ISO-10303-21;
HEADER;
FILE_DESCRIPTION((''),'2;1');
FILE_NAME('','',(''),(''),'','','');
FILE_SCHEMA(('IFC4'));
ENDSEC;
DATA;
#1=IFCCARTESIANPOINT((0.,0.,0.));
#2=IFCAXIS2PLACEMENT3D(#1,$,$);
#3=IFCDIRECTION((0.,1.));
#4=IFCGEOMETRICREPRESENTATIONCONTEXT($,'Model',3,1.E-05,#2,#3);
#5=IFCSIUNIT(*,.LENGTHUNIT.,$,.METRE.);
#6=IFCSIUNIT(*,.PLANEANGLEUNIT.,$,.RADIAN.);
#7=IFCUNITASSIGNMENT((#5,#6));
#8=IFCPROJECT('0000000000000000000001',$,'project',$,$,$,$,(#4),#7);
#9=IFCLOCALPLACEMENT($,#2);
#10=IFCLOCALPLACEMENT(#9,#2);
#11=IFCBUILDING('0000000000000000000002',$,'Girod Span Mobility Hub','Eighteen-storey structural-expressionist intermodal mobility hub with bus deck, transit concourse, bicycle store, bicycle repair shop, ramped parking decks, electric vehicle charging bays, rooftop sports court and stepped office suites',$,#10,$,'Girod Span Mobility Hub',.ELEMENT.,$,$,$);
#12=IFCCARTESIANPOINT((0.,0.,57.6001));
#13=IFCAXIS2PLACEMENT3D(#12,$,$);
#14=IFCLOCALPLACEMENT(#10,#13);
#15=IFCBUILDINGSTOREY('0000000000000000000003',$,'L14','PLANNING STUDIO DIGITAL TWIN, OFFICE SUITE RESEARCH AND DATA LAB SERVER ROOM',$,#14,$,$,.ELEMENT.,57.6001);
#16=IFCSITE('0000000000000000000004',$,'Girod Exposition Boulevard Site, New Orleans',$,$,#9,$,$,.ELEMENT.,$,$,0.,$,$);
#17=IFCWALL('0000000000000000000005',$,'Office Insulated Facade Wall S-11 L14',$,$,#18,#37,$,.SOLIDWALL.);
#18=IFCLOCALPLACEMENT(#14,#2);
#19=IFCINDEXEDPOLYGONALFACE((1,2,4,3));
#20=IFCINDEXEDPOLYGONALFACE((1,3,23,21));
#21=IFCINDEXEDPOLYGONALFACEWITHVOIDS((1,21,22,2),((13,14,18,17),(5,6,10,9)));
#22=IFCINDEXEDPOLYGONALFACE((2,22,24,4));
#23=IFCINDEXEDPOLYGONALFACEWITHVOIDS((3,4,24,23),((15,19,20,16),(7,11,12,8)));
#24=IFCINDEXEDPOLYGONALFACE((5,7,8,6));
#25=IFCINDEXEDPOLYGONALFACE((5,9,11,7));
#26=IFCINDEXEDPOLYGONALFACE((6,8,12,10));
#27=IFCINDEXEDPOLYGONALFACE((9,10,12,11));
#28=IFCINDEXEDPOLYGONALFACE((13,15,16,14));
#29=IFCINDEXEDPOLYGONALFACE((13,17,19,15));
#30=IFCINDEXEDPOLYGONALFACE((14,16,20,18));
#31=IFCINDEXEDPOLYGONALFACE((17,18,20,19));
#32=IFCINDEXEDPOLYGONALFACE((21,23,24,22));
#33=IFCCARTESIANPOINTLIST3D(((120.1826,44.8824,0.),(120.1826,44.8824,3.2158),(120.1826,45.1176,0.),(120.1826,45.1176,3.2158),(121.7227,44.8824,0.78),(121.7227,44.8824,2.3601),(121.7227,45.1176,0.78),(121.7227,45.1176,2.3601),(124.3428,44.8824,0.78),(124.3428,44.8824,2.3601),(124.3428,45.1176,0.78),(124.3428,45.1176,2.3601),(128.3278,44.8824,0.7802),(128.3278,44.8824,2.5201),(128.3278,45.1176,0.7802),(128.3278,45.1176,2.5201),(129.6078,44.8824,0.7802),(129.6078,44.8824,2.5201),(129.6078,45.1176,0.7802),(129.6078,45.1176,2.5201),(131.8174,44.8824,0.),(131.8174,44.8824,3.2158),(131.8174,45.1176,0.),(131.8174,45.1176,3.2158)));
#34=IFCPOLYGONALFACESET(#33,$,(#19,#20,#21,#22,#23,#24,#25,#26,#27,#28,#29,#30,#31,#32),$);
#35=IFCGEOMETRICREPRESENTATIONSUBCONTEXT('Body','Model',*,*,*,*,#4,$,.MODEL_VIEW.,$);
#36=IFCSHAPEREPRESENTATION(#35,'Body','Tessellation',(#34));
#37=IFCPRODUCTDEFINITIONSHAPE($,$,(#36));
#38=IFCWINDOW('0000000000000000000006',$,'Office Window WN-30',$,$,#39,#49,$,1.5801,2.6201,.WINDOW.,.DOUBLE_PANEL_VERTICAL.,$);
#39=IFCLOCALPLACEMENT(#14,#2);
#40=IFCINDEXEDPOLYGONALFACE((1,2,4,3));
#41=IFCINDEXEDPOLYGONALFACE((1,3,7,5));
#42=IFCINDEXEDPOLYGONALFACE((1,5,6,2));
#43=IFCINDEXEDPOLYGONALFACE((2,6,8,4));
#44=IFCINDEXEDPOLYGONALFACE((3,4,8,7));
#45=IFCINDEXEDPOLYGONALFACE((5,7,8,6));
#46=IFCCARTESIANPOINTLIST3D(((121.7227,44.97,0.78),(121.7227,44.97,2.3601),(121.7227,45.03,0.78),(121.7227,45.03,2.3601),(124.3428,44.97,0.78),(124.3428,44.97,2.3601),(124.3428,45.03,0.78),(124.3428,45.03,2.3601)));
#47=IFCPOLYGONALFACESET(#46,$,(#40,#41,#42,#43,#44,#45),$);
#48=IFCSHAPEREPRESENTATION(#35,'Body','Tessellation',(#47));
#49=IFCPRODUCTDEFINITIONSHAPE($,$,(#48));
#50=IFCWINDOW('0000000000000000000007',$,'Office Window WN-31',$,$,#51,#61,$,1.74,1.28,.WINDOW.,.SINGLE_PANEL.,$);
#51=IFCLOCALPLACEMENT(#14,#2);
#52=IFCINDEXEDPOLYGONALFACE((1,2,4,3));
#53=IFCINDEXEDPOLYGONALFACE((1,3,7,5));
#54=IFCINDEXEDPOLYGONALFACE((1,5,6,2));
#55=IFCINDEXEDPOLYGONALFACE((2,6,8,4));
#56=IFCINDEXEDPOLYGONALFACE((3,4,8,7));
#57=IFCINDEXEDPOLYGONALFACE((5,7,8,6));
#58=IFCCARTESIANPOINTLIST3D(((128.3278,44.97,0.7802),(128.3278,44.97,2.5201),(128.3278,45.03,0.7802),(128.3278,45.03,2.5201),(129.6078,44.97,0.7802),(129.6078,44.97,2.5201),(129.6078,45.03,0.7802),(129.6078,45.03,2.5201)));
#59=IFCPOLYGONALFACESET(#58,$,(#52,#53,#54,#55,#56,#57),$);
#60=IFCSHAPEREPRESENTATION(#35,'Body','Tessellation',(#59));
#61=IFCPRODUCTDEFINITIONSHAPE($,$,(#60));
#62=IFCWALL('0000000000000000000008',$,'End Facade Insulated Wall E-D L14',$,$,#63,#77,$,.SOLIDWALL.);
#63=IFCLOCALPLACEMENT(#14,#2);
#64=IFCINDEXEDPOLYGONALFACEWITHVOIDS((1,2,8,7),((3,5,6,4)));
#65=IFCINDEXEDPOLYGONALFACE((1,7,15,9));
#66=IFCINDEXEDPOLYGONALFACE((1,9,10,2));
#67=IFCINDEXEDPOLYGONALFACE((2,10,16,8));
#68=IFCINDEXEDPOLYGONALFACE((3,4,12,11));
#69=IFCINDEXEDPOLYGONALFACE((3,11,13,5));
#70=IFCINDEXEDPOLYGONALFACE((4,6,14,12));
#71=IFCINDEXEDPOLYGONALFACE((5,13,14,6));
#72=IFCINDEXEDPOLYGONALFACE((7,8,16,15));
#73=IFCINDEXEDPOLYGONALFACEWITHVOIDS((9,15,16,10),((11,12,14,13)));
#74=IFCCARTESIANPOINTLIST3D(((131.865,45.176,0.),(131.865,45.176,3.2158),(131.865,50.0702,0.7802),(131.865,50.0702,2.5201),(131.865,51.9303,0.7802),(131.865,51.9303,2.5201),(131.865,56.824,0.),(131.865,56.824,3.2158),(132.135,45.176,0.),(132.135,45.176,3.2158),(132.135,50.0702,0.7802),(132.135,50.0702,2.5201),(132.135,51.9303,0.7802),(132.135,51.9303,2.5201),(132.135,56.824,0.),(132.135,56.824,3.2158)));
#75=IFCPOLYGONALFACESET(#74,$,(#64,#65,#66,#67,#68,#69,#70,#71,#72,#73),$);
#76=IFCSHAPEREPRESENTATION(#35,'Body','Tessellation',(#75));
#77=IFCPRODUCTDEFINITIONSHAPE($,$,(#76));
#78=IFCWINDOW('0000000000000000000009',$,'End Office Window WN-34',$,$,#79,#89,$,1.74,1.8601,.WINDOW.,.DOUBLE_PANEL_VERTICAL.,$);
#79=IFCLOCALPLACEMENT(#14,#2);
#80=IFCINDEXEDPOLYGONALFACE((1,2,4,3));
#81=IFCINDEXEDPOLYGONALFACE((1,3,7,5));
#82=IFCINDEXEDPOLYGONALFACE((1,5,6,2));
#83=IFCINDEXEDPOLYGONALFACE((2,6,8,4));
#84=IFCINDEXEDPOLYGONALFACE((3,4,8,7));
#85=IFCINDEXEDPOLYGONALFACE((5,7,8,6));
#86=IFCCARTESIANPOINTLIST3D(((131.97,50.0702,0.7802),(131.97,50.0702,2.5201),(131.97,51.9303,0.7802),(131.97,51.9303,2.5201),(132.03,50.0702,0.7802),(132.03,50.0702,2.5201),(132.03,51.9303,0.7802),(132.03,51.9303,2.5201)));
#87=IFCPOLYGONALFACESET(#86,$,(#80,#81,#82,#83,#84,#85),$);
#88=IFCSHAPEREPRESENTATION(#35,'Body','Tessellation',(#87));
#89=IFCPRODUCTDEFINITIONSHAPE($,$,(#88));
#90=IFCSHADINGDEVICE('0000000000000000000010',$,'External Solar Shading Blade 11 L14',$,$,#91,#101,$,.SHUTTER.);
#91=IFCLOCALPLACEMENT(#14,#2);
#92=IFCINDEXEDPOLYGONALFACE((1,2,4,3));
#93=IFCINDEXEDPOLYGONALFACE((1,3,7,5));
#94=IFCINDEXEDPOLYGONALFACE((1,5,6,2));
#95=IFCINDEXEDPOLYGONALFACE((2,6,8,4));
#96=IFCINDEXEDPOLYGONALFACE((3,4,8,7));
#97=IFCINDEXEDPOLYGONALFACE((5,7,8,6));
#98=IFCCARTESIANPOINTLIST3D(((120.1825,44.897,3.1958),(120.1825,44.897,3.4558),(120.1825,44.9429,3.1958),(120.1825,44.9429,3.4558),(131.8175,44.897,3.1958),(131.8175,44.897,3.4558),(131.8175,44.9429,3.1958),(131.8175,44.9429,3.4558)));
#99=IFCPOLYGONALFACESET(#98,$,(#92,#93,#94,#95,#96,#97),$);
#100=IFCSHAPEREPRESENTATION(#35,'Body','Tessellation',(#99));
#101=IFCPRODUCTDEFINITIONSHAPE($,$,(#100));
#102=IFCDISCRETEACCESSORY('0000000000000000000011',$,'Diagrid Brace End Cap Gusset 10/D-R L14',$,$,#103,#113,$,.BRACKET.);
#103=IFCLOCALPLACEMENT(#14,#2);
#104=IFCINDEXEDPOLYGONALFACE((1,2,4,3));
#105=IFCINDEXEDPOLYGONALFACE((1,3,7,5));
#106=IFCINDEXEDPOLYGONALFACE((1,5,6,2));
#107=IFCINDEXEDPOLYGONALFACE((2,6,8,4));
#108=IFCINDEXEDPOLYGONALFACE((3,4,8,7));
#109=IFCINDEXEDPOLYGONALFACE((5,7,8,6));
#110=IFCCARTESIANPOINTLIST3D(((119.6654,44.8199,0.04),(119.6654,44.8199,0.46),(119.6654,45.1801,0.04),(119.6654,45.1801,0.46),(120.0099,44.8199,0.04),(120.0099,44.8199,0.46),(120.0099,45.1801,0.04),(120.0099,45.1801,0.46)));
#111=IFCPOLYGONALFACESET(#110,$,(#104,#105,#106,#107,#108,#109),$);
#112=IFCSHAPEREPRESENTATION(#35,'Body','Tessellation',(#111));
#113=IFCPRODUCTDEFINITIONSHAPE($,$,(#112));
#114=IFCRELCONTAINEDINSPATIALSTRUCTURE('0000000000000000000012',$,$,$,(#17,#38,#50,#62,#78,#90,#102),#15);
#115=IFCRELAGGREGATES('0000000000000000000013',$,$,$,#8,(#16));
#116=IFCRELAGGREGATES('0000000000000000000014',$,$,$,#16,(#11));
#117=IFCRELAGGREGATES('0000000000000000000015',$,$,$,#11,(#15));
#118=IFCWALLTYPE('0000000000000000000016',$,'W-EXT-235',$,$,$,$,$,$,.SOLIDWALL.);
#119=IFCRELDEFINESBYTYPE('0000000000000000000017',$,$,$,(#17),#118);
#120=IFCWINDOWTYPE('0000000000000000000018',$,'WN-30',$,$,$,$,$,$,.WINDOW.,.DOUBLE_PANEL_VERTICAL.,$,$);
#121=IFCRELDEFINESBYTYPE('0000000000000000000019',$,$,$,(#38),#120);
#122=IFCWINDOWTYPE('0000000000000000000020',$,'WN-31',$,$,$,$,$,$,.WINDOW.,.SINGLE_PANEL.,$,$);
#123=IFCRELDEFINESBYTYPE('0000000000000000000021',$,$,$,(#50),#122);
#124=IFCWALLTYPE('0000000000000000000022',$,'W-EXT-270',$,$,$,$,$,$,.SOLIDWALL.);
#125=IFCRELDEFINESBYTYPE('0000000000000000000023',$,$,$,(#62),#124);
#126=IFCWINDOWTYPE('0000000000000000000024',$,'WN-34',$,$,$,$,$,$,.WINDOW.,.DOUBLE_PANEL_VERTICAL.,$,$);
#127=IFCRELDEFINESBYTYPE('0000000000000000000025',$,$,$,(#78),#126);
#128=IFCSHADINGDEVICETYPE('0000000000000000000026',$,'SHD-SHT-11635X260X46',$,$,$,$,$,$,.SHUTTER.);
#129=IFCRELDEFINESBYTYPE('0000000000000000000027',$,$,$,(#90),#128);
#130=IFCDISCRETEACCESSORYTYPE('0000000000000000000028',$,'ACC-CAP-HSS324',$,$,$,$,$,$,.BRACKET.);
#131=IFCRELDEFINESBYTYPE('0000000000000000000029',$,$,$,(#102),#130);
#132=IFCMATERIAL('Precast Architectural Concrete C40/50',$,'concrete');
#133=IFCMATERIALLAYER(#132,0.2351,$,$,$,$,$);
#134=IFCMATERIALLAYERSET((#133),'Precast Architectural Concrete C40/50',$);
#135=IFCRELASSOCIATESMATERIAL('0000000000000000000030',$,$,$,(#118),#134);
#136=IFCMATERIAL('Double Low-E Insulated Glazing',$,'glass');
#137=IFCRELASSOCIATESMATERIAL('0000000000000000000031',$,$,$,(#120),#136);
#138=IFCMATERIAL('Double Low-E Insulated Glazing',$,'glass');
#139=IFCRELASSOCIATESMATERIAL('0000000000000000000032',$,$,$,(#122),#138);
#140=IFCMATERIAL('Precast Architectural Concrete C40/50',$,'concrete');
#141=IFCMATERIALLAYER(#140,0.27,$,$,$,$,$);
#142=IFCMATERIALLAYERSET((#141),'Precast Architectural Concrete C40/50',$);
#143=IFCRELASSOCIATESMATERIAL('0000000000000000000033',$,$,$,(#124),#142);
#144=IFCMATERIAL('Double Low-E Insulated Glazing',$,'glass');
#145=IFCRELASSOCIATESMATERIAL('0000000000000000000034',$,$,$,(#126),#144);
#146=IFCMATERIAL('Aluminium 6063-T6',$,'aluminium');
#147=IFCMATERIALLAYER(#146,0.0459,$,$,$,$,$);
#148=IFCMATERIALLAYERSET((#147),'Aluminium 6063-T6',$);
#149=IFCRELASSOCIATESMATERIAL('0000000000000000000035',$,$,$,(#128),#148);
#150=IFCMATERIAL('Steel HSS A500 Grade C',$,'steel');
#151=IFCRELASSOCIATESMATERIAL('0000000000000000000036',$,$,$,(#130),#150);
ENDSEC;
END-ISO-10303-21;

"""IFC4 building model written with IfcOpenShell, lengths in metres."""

from ifc_helpers import new_model, si_unit, direction, frame, frame_2d, origin, origin_2d, place, context, subcontext, project, spatial, rectangle, extrude, material, layer, layer_set, type_object, element, fill, save


model = new_model("IFC4")

# Units and contexts
model_context = context("Model", 3, precision=1e-05, world=origin(), true_north=direction((0.0, 1.0)))
body_context = subcontext(model_context, "Body", "Model", "MODEL_VIEW")
ifc_project = project(units=[si_unit("LENGTHUNIT", "METRE"), si_unit("PLANEANGLEUNIT", "RADIAN")], contexts=[model_context])

# Site, building, storey
site_placement = place(None, origin())
site = spatial("IfcSite", under=ifc_project, at=site_placement, Name="Girod Exposition Boulevard Site, New Orleans", CompositionType="ELEMENT", RefElevation=0.0)
building_placement = place(site_placement, origin())
building = spatial("IfcBuilding", under=site, at=building_placement, Name="Girod Span Mobility Hub", Description="Eighteen-storey structural-expressionist intermodal mobility hub with bus deck, transit concourse, bicycle store, bicycle repair shop, ramped parking decks, electric vehicle charging bays, rooftop sports court and stepped office suites", LongName="Girod Span Mobility Hub", CompositionType="ELEMENT")
storey_placement = place(building_placement, frame((0.0, 0.0, 57.6001)))
storey = spatial("IfcBuildingStorey", under=building, at=storey_placement, Name="L14", Description="PLANNING STUDIO DIGITAL TWIN, OFFICE SUITE RESEARCH AND DATA LAB SERVER ROOM", CompositionType="ELEMENT", Elevation=57.6001)

# Wall, openings, windows
ifc_material_1 = material(Name="Precast Architectural Concrete C40/50", Category="concrete")
ifc_layer_1 = layer(ifc_material_1, 0.2351)
ifc_layer_set_1 = layer_set([ifc_layer_1], Name="Precast Architectural Concrete C40/50")
wall_type_1 = type_object("IfcWallType", Name="W-EXT-235", PredefinedType="SOLIDWALL", material=ifc_layer_set_1)
wall_1_placement = place(storey_placement, frame((120.1826, 45.0, 0.0), z_axis=(0.0, 0.0, 1.0), x_axis=(1.0, 0.0, 0.0)))
wall_1 = element("IfcWall", 1, at=wall_1_placement, inside=storey, type_object=wall_type_1, Name="Office Insulated Facade Wall S-11 L14", PredefinedType="SOLIDWALL", context=body_context, shape_type="SweptSolid", body=[
    extrude(rectangle(XDim=11.6348, YDim=0.2351, at=frame_2d((5.8174, 0.0))), origin(), (0.0, 0.0, 1.0), 3.2158),
])
opening_1_placement = place(wall_1_placement, frame((1.54, 0.0, 0.78)))
opening_1 = element("IfcOpeningElement", 2, at=opening_1_placement, cuts=wall_1, PredefinedType="OPENING", context=body_context, shape_type="SweptSolid", body=[
    extrude(rectangle(XDim=2.6201, YDim=1.5801, at=frame_2d((1.3101, 0.79))), frame((0.0, 0.1326, 0.0), z_axis=(0.0, -1.0, 0.0), x_axis=(1.0, 0.0, 0.0)), (0.0, 0.0, 1.0), 0.2651),
])
opening_2_placement = place(wall_1_placement, frame((8.145, 0.0, 0.78)))
opening_2 = element("IfcOpeningElement", 3, at=opening_2_placement, cuts=wall_1, PredefinedType="OPENING", context=body_context, shape_type="SweptSolid", body=[
    extrude(rectangle(XDim=1.28, YDim=1.74, at=frame_2d((0.6401, 0.8701))), frame((0.0, 0.1326, 0.0), z_axis=(0.0, -1.0, 0.0), x_axis=(1.0, 0.0, 0.0)), (0.0, 0.0, 1.0), 0.2651),
])
ifc_material_2 = material(Name="Double Low-E Insulated Glazing", Category="glass")
window_type_1 = type_object("IfcWindowType", Name="WN-30", PartitioningType="DOUBLE_PANEL_VERTICAL", PredefinedType="WINDOW", material=ifc_material_2)
window_1_placement = place(opening_1_placement, origin())
window_1 = element("IfcWindow", 4, at=window_1_placement, inside=storey, type_object=window_type_1, Name="Office Window WN-30", OverallHeight=1.5801, OverallWidth=2.6201, PartitioningType="DOUBLE_PANEL_VERTICAL", PredefinedType="WINDOW", context=body_context, shape_type="SweptSolid", body=[
    extrude(rectangle(XDim=2.6201, YDim=1.5801, at=frame_2d((1.3101, 0.79))), frame((0.0, 0.03, 0.0), z_axis=(0.0, -1.0, 0.0), x_axis=(1.0, 0.0, 0.0)), (0.0, 0.0, 1.0), 0.0601),
])
fill(opening_1, window_1)
ifc_material_3 = material(Name="Double Low-E Insulated Glazing", Category="glass")
window_type_2 = type_object("IfcWindowType", Name="WN-31", PartitioningType="SINGLE_PANEL", PredefinedType="WINDOW", material=ifc_material_3)
window_2_placement = place(opening_2_placement, origin())
window_2 = element("IfcWindow", 5, at=window_2_placement, inside=storey, type_object=window_type_2, Name="Office Window WN-31", OverallHeight=1.74, OverallWidth=1.28, PartitioningType="SINGLE_PANEL", PredefinedType="WINDOW", context=body_context, shape_type="SweptSolid", body=[
    extrude(rectangle(XDim=1.28, YDim=1.74, at=frame_2d((0.6401, 0.8701))), frame((0.0, 0.03, 0.0), z_axis=(0.0, -1.0, 0.0), x_axis=(1.0, 0.0, 0.0)), (0.0, 0.0, 1.0), 0.0601),
])
fill(opening_2, window_2)

# Wall, opening, window
ifc_material_4 = material(Name="Precast Architectural Concrete C40/50", Category="concrete")
ifc_layer_2 = layer(ifc_material_4, 0.27)
ifc_layer_set_2 = layer_set([ifc_layer_2], Name="Precast Architectural Concrete C40/50")
wall_type_2 = type_object("IfcWallType", Name="W-EXT-270", PredefinedType="SOLIDWALL", material=ifc_layer_set_2)
wall_2_placement = place(storey_placement, frame((132.0, 45.176, 0.0), z_axis=(0.0, 0.0, 1.0), x_axis=(0.0, 1.0, 0.0)))
wall_2 = element("IfcWall", 6, at=wall_2_placement, inside=storey, type_object=wall_type_2, Name="End Facade Insulated Wall E-D L14", PredefinedType="SOLIDWALL", context=body_context, shape_type="SweptSolid", body=[
    extrude(rectangle(XDim=11.6479, YDim=0.27, at=frame_2d((5.824, 0.0))), origin(), (0.0, 0.0, 1.0), 3.2158),
])
opening_3_placement = place(wall_2_placement, frame((4.894, 0.0, 0.78)))
opening_3 = element("IfcOpeningElement", 7, at=opening_3_placement, cuts=wall_2, PredefinedType="OPENING", context=body_context, shape_type="SweptSolid", body=[
    extrude(rectangle(XDim=1.8601, YDim=1.74, at=frame_2d((0.9302, 0.8701))), frame((0.0, 0.1499, 0.0), z_axis=(0.0, -1.0, 0.0), x_axis=(1.0, 0.0, 0.0)), (0.0, 0.0, 1.0), 0.3),
])
ifc_material_5 = material(Name="Double Low-E Insulated Glazing", Category="glass")
window_type_3 = type_object("IfcWindowType", Name="WN-34", PartitioningType="DOUBLE_PANEL_VERTICAL", PredefinedType="WINDOW", material=ifc_material_5)
window_3_placement = place(opening_3_placement, origin())
window_3 = element("IfcWindow", 8, at=window_3_placement, inside=storey, type_object=window_type_3, Name="End Office Window WN-34", OverallHeight=1.74, OverallWidth=1.8601, PartitioningType="DOUBLE_PANEL_VERTICAL", PredefinedType="WINDOW", context=body_context, shape_type="SweptSolid", body=[
    extrude(rectangle(XDim=1.8601, YDim=1.74, at=frame_2d((0.9302, 0.8701))), frame((0.0, 0.03, 0.0), z_axis=(0.0, -1.0, 0.0), x_axis=(1.0, 0.0, 0.0)), (0.0, 0.0, 1.0), 0.0601),
])
fill(opening_3, window_3)

# Shading device
ifc_material_6 = material(Name="Aluminium 6063-T6", Category="aluminium")
ifc_layer_3 = layer(ifc_material_6, 0.0459)
ifc_layer_set_3 = layer_set([ifc_layer_3], Name="Aluminium 6063-T6")
shading_device_type = type_object("IfcShadingDeviceType", Name="SHD-SHT-11635X260X46", PredefinedType="SHUTTER", material=ifc_layer_set_3)
shading_device_placement = place(storey_placement, frame((126.0, 44.9199, 3.1958), z_axis=(0.0, 0.0, 1.0), x_axis=(1.0, 0.0, 0.0)))
element("IfcShadingDevice", 9, at=shading_device_placement, inside=storey, type_object=shading_device_type, Name="External Solar Shading Blade 11 L14", PredefinedType="SHUTTER", context=body_context, shape_type="SweptSolid", body=[
    extrude(rectangle(XDim=11.635, YDim=0.0459, at=origin_2d()), origin(), (0.0, 0.0, 1.0), 0.26),
])

# Discrete accessory
ifc_material_7 = material(Name="Steel HSS A500 Grade C", Category="steel")
discrete_accessory_type = type_object("IfcDiscreteAccessoryType", Name="ACC-CAP-HSS324", PredefinedType="BRACKET", material=ifc_material_7)
discrete_accessory_placement = place(storey_placement, frame((119.8376, 45.0, 0.04), z_axis=(0.0, 0.0, 1.0), x_axis=(1.0, 0.0, 0.0)))
element("IfcDiscreteAccessory", 10, at=discrete_accessory_placement, inside=storey, type_object=discrete_accessory_type, Name="Diagrid Brace End Cap Gusset 10/D-R L14", PredefinedType="BRACKET", context=body_context, shape_type="SweptSolid", body=[
    extrude(rectangle(XDim=0.3445, YDim=0.3601, at=origin_2d()), origin(), (0.0, 0.0, 1.0), 0.4199),
])

save(model, "model.ifc")
